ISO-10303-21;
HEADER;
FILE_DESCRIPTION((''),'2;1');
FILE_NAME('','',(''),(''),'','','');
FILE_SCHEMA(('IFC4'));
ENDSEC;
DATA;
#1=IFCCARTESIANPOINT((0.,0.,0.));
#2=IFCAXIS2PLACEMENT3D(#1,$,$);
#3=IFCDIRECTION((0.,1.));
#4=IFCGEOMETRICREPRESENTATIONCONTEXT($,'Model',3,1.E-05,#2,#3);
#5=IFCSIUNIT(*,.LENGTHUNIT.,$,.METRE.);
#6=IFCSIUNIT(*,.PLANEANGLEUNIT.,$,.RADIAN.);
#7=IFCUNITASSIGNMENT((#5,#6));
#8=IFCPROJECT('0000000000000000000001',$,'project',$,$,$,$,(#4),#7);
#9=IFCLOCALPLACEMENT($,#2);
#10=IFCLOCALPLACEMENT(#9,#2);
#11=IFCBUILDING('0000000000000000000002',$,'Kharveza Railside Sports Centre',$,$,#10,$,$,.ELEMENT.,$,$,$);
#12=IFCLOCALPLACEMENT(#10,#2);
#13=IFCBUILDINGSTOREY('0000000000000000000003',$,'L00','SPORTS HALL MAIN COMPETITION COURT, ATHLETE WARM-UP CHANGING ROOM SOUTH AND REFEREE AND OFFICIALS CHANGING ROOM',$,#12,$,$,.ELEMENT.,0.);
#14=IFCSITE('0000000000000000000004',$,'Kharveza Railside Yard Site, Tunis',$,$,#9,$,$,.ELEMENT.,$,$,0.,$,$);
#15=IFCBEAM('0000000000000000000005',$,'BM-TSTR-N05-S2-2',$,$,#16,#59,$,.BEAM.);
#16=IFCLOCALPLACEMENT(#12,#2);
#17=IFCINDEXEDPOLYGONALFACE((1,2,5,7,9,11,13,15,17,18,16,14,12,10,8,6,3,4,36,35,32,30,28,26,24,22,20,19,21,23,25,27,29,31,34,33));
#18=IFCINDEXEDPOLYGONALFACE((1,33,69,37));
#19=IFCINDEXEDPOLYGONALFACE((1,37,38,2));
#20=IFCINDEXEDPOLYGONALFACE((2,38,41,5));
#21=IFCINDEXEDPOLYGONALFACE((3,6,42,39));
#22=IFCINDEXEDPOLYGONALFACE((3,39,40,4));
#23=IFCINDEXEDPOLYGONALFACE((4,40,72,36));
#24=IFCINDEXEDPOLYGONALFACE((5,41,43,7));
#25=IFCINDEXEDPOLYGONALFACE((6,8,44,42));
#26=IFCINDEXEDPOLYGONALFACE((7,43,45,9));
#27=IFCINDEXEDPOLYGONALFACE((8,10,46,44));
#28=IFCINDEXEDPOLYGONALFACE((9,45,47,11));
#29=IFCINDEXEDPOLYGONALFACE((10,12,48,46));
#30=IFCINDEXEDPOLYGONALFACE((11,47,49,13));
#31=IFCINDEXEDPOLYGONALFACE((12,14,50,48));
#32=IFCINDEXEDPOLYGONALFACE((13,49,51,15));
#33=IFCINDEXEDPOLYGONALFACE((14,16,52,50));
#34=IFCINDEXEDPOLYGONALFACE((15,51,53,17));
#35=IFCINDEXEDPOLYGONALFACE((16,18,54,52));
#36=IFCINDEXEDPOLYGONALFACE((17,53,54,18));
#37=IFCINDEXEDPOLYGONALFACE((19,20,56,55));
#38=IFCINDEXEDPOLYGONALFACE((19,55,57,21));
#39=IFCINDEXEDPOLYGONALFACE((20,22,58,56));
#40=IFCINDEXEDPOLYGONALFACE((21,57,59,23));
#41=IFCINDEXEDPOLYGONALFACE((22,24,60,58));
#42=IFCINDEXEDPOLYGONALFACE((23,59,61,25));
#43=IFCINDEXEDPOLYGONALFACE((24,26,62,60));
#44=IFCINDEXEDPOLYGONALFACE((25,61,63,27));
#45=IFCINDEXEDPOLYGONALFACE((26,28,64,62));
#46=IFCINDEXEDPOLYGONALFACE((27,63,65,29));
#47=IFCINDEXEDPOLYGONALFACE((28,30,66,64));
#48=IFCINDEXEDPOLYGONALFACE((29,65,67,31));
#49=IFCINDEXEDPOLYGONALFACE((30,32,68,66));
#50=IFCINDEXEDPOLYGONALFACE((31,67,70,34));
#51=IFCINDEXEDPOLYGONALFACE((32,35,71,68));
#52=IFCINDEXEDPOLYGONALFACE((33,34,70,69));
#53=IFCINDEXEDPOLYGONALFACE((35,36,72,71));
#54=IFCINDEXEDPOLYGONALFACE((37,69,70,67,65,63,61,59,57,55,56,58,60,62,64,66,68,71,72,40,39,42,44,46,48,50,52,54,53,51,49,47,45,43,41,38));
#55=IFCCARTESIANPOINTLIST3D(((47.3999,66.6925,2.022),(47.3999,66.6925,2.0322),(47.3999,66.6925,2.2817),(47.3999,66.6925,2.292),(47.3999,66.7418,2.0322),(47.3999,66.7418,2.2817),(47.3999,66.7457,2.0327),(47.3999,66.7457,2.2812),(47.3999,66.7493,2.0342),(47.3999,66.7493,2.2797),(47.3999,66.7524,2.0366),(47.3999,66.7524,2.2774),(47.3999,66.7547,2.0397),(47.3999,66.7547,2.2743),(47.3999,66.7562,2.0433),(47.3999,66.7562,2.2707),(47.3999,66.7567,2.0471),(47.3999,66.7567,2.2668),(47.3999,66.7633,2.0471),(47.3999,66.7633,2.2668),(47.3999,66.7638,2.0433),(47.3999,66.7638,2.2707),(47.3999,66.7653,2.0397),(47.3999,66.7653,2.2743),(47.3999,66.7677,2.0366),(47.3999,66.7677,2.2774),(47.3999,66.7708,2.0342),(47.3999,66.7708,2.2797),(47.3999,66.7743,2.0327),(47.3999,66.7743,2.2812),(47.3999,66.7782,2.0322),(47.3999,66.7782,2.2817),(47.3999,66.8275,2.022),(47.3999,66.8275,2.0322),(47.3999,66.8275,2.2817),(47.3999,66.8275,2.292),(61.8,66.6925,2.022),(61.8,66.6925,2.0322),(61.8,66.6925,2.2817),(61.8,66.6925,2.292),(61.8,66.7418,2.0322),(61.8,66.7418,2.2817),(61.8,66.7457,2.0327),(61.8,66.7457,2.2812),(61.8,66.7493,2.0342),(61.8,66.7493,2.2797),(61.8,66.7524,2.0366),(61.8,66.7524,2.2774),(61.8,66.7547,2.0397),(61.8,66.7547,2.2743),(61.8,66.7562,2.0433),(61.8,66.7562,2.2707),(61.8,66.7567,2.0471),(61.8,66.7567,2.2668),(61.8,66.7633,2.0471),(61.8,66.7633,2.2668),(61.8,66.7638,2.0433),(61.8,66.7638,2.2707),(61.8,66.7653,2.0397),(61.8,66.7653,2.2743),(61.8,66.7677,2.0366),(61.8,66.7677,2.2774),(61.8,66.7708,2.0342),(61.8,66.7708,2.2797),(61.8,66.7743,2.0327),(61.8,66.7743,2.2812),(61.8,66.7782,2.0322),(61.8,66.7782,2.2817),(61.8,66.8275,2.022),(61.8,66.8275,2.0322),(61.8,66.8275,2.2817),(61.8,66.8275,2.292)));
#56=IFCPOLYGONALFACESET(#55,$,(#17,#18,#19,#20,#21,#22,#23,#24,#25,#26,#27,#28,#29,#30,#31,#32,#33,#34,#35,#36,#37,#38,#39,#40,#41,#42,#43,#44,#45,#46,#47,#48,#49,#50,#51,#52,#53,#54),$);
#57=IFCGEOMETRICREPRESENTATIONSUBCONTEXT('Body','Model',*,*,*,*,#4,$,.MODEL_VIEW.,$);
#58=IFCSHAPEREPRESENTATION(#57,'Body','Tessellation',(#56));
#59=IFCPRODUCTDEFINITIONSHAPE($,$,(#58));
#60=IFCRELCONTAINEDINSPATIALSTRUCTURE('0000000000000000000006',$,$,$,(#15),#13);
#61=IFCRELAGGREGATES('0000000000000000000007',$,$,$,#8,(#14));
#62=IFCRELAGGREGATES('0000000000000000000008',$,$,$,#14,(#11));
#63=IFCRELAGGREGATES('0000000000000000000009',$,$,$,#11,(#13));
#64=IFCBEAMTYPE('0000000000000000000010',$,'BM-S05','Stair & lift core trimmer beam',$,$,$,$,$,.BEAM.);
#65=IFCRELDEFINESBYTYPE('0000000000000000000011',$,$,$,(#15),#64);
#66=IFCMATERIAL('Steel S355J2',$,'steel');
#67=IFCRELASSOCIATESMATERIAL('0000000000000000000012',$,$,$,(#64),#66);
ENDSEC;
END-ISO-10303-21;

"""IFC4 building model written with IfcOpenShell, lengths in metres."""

from ifc_helpers import new_model, si_unit, direction, frame, origin, origin_2d, place, context, subcontext, project, spatial, i_section, extrude, material, material_profile, profile_set, type_object, element, save


model = new_model("IFC4")

# Units and contexts
model_context = context("Model", 3, precision=1e-05, world=origin(), true_north=direction((0.0, 1.0)))
body_context = subcontext(model_context, "Body", "Model", "MODEL_VIEW")
ifc_project = project(units=[si_unit("LENGTHUNIT", "METRE"), si_unit("PLANEANGLEUNIT", "RADIAN")], contexts=[model_context])

# Site, building, storey
site_placement = place(None, origin())
site = spatial("IfcSite", under=ifc_project, at=site_placement, Name="Kharveza Railside Yard Site, Tunis", CompositionType="ELEMENT", RefElevation=0.0)
building_placement = place(site_placement, origin())
building = spatial("IfcBuilding", under=site, at=building_placement, Name="Kharveza Railside Sports Centre", CompositionType="ELEMENT")
storey_placement = place(building_placement, origin())
storey = spatial("IfcBuildingStorey", under=building, at=storey_placement, Name="L00", Description="SPORTS HALL MAIN COMPETITION COURT, ATHLETE WARM-UP CHANGING ROOM SOUTH AND REFEREE AND OFFICIALS CHANGING ROOM", CompositionType="ELEMENT", Elevation=0.0)

# Shared definitions
ifc_material_1 = material(Name="Steel S355J2", Category="steel")

# Beam
ifc_material_profile_1 = material_profile(ifc_material_1, i_section(OverallWidth=0.135, OverallDepth=0.27, WebThickness=0.0066, FlangeThickness=0.0103, FilletRadius=0.0149, at=origin_2d()), Name="IPE 270")
ifc_profile_set_1 = profile_set([ifc_material_profile_1], Name="Steel S355J2")
beam_type = type_object("IfcBeamType", Name="BM-S05", Description="Stair & lift core trimmer beam", PredefinedType="BEAM", material=ifc_profile_set_1)
for number, where, z_axis, x_axis, name in (
    (1, (47.3999, 66.76, 2.157), (1.0, 0.0, 0.0), (0.0, 1.0, 0.0), "BM-TSTR-N05-S2-2"),
):
    element("IfcBeam", number, at=place(storey_placement, frame(where, z_axis=z_axis, x_axis=x_axis)), inside=storey, type_object=beam_type, Name=name, PredefinedType="BEAM", context=body_context, shape_type="SweptSolid", body=[
        extrude(i_section(OverallWidth=0.135, OverallDepth=0.27, WebThickness=0.0066, FlangeThickness=0.0103, FilletRadius=0.0149, at=origin_2d()), origin(), (0.0, 0.0, 1.0), 14.4001),
    ])

save(model, "model.ifc")
